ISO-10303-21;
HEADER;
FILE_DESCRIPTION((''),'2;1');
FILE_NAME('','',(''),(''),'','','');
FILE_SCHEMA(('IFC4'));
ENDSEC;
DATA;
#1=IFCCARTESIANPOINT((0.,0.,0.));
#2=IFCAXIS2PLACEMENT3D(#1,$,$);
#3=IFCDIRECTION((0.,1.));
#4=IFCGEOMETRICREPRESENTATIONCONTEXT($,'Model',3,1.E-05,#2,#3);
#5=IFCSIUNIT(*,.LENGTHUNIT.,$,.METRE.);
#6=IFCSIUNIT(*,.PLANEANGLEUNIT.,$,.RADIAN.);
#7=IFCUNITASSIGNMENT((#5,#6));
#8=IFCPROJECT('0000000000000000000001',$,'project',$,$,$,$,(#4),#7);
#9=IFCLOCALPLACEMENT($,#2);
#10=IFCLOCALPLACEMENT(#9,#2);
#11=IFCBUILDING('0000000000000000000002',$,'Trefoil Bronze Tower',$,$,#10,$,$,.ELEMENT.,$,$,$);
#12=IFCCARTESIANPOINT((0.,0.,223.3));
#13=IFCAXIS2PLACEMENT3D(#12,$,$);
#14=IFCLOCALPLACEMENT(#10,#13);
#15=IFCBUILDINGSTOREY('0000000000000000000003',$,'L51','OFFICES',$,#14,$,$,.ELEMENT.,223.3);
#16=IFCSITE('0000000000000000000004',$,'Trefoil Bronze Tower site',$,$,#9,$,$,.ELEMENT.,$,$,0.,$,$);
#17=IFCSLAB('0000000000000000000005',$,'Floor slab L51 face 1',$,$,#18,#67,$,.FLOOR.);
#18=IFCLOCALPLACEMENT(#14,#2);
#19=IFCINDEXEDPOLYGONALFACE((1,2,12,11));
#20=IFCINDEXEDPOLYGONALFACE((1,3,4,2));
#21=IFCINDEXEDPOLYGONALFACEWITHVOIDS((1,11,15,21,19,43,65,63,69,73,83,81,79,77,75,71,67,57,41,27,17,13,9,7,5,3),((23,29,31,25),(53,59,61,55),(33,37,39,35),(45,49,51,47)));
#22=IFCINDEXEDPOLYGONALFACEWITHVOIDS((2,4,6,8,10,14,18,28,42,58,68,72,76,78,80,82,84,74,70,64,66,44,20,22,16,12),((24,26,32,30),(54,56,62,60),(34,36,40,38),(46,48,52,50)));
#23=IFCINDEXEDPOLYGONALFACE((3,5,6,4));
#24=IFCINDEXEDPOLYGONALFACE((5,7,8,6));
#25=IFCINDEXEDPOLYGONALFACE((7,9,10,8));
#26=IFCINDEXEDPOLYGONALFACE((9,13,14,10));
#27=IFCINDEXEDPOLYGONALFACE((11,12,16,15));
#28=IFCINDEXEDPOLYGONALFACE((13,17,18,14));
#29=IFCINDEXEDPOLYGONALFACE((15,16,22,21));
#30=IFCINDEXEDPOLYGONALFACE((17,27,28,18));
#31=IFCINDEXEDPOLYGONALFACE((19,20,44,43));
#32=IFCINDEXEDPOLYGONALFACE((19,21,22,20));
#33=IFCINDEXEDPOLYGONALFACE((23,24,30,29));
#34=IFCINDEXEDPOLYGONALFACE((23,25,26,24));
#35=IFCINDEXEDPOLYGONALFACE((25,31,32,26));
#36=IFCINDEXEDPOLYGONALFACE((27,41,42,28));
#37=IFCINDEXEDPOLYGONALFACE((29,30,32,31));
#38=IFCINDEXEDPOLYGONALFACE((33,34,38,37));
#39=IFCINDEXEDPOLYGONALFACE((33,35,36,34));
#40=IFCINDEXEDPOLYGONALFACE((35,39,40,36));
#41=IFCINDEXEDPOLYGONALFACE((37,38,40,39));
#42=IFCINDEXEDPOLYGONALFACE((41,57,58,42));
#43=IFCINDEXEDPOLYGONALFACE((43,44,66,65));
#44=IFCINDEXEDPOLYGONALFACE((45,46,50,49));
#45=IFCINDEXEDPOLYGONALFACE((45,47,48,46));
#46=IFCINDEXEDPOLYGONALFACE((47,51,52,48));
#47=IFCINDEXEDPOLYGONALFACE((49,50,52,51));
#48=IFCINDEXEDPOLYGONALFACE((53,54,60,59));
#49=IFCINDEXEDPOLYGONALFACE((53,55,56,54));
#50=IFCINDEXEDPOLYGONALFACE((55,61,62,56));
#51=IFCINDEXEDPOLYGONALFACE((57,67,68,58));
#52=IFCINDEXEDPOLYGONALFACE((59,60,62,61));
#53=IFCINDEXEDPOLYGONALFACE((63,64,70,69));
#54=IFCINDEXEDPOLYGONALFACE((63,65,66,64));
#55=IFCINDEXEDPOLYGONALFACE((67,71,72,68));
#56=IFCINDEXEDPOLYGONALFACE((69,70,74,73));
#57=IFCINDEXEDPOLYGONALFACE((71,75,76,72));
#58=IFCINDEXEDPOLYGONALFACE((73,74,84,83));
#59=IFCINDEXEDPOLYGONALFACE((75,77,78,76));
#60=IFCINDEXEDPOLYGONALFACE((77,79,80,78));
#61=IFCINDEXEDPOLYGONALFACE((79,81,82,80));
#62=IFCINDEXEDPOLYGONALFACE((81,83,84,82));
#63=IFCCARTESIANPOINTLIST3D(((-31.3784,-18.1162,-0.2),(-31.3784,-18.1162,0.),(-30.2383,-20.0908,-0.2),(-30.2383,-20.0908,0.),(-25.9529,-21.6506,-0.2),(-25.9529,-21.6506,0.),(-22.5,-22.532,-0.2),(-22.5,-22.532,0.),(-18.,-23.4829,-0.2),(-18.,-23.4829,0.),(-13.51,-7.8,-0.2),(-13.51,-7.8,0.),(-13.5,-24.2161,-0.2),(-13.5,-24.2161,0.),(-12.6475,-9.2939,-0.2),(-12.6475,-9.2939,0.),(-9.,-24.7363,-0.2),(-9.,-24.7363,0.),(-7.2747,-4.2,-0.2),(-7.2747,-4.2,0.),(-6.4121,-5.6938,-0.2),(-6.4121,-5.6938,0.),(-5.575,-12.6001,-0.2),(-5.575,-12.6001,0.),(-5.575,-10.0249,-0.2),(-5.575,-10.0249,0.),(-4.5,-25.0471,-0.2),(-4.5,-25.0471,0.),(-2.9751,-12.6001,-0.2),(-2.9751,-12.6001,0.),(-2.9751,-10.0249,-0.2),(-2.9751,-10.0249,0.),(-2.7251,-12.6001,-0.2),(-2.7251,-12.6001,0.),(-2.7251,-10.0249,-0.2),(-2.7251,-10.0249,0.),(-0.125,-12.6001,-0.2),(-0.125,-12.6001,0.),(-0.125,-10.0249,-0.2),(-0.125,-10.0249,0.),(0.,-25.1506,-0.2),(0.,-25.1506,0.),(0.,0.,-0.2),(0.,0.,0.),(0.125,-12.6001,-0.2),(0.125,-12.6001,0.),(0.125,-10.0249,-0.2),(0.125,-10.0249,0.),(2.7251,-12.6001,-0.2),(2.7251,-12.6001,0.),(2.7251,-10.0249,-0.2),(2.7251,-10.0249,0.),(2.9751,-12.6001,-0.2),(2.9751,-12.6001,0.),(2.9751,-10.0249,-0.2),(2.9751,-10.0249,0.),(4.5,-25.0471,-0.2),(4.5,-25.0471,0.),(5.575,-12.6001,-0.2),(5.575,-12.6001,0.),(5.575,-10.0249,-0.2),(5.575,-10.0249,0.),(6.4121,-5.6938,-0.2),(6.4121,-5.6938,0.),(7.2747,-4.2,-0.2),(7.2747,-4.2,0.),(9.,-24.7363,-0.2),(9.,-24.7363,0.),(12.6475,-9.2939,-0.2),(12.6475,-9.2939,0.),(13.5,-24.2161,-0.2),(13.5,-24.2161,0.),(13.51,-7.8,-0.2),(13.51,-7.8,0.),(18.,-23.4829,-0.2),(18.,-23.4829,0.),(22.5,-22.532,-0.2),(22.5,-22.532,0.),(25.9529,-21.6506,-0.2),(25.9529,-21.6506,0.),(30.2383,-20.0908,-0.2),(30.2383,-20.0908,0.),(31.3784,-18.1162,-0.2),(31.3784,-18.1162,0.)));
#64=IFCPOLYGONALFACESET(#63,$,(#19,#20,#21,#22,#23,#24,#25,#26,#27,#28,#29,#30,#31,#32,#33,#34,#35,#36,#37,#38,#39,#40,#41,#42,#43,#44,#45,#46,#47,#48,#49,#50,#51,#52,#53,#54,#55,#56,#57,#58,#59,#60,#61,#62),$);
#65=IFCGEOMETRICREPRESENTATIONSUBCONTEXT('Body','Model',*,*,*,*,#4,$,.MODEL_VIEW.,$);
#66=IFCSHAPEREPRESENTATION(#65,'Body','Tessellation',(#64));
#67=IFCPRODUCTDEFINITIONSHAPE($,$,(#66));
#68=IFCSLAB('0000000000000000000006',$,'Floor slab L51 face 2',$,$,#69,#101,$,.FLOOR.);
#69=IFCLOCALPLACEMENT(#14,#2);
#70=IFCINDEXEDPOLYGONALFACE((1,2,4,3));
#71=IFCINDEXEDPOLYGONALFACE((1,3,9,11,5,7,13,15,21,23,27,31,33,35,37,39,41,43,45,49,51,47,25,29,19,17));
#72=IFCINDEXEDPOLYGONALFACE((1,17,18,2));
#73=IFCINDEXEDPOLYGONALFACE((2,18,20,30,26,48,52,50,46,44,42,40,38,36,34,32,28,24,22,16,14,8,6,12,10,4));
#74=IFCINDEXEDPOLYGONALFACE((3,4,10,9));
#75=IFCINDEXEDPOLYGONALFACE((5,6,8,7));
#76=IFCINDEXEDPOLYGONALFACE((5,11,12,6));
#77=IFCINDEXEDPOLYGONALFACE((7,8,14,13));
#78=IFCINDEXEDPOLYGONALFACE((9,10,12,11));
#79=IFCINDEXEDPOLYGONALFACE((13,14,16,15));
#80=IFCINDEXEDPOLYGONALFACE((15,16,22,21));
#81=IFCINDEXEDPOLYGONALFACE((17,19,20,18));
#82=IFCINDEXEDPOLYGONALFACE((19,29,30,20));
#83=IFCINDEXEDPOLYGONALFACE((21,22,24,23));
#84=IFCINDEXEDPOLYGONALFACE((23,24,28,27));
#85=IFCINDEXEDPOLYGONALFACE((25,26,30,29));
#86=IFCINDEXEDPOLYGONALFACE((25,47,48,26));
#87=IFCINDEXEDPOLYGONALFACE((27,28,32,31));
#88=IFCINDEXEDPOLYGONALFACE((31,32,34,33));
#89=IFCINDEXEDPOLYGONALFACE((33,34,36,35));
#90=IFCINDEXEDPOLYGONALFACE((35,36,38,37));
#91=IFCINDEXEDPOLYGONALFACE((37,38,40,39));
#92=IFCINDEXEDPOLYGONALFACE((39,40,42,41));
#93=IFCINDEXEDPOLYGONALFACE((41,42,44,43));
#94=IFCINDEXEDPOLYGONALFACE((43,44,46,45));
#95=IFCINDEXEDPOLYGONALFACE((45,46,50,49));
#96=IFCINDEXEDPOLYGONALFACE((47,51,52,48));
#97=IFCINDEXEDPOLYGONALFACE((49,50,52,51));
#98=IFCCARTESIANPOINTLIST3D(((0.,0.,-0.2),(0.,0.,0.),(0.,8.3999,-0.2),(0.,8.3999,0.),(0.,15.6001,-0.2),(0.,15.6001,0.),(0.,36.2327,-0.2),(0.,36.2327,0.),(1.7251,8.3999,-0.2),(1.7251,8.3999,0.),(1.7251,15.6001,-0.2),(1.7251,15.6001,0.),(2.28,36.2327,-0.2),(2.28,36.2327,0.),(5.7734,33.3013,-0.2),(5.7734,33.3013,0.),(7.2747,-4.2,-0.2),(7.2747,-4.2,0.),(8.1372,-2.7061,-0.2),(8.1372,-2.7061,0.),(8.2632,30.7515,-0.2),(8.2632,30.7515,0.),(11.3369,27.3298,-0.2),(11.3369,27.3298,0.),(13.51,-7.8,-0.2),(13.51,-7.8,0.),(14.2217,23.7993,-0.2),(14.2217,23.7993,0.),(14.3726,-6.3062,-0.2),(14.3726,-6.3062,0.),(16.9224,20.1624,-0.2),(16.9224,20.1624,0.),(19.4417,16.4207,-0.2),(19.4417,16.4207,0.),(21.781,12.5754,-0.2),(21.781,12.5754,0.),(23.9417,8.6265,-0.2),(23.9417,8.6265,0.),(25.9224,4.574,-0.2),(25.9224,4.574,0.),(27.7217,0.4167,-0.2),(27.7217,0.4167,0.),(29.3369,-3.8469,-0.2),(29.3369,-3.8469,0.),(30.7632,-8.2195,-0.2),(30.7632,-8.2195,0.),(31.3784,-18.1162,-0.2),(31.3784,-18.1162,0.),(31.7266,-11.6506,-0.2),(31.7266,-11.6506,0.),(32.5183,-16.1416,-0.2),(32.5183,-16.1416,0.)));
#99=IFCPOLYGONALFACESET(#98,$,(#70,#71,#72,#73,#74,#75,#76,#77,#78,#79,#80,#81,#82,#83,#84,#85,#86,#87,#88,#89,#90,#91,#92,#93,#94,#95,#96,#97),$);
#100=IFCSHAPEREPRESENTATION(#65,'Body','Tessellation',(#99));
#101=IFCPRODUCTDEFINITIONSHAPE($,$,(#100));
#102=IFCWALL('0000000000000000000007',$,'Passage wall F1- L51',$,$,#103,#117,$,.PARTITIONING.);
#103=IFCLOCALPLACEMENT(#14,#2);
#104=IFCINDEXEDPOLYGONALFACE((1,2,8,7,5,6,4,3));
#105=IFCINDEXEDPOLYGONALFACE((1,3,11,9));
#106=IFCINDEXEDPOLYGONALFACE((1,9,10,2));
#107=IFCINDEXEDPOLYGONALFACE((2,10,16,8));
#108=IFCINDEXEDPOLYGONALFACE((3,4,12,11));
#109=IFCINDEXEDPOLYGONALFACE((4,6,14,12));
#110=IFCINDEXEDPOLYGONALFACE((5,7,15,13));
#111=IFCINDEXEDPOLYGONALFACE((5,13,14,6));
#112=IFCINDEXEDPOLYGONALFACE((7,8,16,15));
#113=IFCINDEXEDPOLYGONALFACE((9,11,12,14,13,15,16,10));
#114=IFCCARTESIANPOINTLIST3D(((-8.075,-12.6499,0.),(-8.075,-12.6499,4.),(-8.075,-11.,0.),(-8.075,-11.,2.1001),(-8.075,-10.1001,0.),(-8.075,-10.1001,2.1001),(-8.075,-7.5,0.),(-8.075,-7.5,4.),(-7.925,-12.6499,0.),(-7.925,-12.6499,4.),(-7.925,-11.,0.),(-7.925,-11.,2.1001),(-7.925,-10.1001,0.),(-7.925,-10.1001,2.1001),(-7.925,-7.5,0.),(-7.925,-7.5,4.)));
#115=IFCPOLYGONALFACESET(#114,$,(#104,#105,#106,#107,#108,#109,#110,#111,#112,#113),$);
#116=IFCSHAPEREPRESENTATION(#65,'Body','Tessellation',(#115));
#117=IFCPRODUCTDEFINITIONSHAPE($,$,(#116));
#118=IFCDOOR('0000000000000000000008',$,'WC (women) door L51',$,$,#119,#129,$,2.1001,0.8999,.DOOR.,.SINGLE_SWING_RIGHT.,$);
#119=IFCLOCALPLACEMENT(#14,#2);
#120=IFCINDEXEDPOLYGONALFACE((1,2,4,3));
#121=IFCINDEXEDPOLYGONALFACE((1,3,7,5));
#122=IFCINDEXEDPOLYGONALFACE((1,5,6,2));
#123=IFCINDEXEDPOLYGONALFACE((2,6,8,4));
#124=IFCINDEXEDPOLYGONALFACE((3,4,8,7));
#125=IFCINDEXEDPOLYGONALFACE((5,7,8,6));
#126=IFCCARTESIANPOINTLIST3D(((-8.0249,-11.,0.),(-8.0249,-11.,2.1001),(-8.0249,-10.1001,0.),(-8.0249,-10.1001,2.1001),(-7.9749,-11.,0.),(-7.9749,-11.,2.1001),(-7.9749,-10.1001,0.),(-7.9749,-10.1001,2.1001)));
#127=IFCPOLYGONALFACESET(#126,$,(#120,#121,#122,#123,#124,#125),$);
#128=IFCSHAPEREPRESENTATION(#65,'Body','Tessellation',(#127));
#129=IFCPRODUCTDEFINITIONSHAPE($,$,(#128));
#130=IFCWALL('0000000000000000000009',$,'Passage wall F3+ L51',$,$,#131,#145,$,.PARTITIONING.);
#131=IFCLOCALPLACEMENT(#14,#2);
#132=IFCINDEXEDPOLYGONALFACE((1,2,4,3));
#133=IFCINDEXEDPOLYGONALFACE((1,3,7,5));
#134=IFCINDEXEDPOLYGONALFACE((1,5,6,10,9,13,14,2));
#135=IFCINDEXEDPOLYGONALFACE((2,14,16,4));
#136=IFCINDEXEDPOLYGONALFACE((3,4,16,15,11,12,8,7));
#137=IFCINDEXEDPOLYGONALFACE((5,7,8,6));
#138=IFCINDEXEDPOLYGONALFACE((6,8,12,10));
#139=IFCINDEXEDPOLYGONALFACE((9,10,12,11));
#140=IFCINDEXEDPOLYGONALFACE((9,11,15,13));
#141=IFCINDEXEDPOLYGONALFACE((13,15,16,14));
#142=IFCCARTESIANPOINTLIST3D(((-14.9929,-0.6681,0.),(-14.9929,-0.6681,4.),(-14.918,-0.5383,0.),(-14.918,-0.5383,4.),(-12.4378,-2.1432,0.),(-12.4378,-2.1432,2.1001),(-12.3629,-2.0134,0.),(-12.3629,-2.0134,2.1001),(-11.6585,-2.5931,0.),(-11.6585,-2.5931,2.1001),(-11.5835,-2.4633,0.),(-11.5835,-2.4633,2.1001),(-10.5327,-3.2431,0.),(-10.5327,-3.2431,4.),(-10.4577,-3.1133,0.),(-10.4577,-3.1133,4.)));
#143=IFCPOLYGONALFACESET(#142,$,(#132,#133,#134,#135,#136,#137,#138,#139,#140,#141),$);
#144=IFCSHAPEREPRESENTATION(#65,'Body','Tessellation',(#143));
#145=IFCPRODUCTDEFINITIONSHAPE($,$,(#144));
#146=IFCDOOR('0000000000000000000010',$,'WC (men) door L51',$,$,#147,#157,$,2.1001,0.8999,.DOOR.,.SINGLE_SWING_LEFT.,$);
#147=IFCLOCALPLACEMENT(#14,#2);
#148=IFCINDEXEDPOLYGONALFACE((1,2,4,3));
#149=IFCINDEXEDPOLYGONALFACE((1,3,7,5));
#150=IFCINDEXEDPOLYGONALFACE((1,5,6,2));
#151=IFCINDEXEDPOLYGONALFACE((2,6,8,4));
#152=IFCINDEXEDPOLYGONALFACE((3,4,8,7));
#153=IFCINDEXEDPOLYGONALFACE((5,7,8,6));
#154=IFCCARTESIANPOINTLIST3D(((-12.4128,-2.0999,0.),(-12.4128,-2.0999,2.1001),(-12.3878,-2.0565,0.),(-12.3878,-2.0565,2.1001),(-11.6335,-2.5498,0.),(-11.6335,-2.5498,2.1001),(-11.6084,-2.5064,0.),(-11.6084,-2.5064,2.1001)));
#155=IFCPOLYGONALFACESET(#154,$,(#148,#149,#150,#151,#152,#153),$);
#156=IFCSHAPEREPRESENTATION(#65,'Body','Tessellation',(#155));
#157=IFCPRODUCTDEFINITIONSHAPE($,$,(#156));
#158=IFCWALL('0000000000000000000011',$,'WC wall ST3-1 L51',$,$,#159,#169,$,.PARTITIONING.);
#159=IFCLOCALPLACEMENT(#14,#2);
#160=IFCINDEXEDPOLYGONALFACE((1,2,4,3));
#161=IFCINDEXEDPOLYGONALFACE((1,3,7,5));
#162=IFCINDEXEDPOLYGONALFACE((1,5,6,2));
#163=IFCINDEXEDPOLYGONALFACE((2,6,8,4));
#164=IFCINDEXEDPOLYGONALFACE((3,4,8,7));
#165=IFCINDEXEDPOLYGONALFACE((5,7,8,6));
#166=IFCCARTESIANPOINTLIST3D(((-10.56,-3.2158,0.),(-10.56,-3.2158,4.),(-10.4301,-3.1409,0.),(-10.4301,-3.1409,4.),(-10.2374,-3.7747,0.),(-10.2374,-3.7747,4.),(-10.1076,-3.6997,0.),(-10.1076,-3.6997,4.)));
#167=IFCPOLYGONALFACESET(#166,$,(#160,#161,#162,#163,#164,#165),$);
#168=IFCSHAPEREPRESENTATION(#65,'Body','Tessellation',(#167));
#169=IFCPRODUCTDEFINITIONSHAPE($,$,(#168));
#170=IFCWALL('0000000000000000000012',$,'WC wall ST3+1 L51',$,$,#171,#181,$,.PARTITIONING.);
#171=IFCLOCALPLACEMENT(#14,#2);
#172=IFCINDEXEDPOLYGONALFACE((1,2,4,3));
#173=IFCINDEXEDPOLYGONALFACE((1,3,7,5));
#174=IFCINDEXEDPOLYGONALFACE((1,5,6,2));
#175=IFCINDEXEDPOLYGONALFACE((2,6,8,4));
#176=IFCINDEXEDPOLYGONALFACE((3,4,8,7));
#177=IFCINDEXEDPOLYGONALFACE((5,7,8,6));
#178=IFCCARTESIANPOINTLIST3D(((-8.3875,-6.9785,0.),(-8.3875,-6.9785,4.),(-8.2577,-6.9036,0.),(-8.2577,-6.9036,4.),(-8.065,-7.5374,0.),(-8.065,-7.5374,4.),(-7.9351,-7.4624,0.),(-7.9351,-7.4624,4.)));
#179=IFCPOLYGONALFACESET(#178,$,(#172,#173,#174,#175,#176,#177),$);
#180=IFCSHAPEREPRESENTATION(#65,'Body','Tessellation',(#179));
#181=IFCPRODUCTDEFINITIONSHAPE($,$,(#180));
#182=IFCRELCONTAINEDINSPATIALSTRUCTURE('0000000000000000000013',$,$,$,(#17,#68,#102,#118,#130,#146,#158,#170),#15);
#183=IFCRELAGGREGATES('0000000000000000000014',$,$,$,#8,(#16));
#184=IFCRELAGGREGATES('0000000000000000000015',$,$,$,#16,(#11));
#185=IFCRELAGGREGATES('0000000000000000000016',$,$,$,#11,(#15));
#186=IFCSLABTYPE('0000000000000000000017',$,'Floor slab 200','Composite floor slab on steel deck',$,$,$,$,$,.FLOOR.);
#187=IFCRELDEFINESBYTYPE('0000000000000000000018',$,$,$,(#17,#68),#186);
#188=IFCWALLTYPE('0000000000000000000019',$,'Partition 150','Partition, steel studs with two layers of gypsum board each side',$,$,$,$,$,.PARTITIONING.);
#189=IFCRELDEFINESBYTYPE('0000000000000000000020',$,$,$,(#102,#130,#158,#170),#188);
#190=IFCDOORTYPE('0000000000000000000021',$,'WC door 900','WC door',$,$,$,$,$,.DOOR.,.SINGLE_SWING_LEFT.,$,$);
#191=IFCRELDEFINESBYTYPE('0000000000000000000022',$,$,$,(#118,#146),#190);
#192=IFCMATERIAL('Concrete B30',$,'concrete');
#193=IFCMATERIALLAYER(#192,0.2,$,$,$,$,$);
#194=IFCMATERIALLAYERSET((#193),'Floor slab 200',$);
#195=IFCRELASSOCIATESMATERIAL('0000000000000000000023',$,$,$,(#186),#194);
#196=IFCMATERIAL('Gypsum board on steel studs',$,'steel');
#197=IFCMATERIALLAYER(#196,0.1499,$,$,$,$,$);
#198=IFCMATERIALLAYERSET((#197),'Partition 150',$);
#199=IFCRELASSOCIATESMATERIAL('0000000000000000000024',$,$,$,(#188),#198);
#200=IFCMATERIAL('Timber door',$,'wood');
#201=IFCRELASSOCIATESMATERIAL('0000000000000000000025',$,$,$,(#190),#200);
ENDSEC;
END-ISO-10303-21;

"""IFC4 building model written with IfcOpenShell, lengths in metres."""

from ifc_helpers import new_model, si_unit, direction, frame, frame_2d, origin, place, context, subcontext, project, spatial, polyline, rectangle, outline, extrude, material, layer, layer_set, type_object, element, fill, save


model = new_model("IFC4")

# Units and contexts
model_context = context("Model", 3, precision=1e-05, world=origin(), true_north=direction((0.0, 1.0)))
body_context = subcontext(model_context, "Body", "Model", "MODEL_VIEW")
ifc_project = project(units=[si_unit("LENGTHUNIT", "METRE"), si_unit("PLANEANGLEUNIT", "RADIAN")], contexts=[model_context])

# Site, building, storey
site_placement = place(None, origin())
site = spatial("IfcSite", under=ifc_project, at=site_placement, Name="Trefoil Bronze Tower site", CompositionType="ELEMENT", RefElevation=0.0)
building_placement = place(site_placement, origin())
building = spatial("IfcBuilding", under=site, at=building_placement, Name="Trefoil Bronze Tower", CompositionType="ELEMENT")
storey_placement = place(building_placement, frame((0.0, 0.0, 223.3)))
storey = spatial("IfcBuildingStorey", under=building, at=storey_placement, Name="L51", Description="OFFICES", CompositionType="ELEMENT", Elevation=223.3)

# Slabs
ifc_material_1 = material(Name="Concrete B30", Category="concrete")
ifc_layer_1 = layer(ifc_material_1, 0.2)
ifc_layer_set_1 = layer_set([ifc_layer_1], Name="Floor slab 200")
slab_type = type_object("IfcSlabType", Name="Floor slab 200", Description="Composite floor slab on steel deck", PredefinedType="FLOOR", material=ifc_layer_set_1)
slab_1_placement = place(storey_placement, frame((0.0, 0.0, -0.2)))
element("IfcSlab", 1, at=slab_1_placement, inside=storey, type_object=slab_type, Name="Floor slab L51 face 1", PredefinedType="FLOOR", context=body_context, shape_type="SweptSolid", body=[
    extrude(outline(polyline([(18.0, -23.4829), (13.5, -24.2161), (9.0, -24.7363), (4.5, -25.0471), (0.0, -25.1506), (-4.5, -25.0471), (-9.0, -24.7363), (-13.5, -24.2161), (-18.0, -23.4829), (-22.5, -22.532), (-25.9529, -21.6506), (-30.2383, -20.0908), (-31.3784, -18.1162), (-13.51, -7.8), (-12.6475, -9.2939), (-6.4121, -5.6938), (-7.2747, -4.2), (0.0, 0.0), (7.2747, -4.2), (6.4121, -5.6938), (12.6475, -9.2939), (13.51, -7.8), (31.3784, -18.1162), (30.2383, -20.0908), (25.9529, -21.6506), (22.5, -22.532), (18.0, -23.4829)]), holes=[polyline([(-5.575, -10.0249), (-2.9751, -10.0249), (-2.9751, -12.6001), (-5.575, -12.6001), (-5.575, -10.0249)]), polyline([(-2.7251, -10.0249), (-0.125, -10.0249), (-0.125, -12.6001), (-2.7251, -12.6001), (-2.7251, -10.0249)]), polyline([(0.125, -10.0249), (2.7251, -10.0249), (2.7251, -12.6001), (0.125, -12.6001), (0.125, -10.0249)]), polyline([(2.9751, -10.0249), (5.575, -10.0249), (5.575, -12.6001), (2.9751, -12.6001), (2.9751, -10.0249)])]), origin(), (0.0, 0.0, 1.0), 0.2),
])
slab_2_placement = place(storey_placement, frame((0.0, 0.0, -0.2)))
element("IfcSlab", 2, at=slab_2_placement, inside=storey, type_object=slab_type, Name="Floor slab L51 face 2", PredefinedType="FLOOR", context=body_context, shape_type="SweptSolid", body=[
    extrude(outline(polyline([(11.3369, 27.3298), (14.2217, 23.7993), (16.9224, 20.1624), (19.4417, 16.4207), (21.781, 12.5754), (23.9417, 8.6265), (25.9224, 4.574), (27.7217, 0.4167), (29.3369, -3.8469), (30.7632, -8.2195), (31.7266, -11.6506), (32.5183, -16.1416), (31.3784, -18.1162), (13.51, -7.8), (14.3726, -6.3062), (8.1372, -2.7061), (7.2747, -4.2), (0.0, 0.0), (0.0, 8.3999), (1.7251, 8.3999), (1.7251, 15.6001), (0.0, 15.6001), (0.0, 36.2327), (2.28, 36.2327), (5.7734, 33.3013), (8.2632, 30.7515), (11.3369, 27.3298)])), origin(), (0.0, 0.0, 1.0), 0.2),
])

# Walls, openings, doors
ifc_material_2 = material(Name="Gypsum board on steel studs", Category="steel")
ifc_layer_2 = layer(ifc_material_2, 0.1499)
ifc_layer_set_2 = layer_set([ifc_layer_2], Name="Partition 150")
wall_type_1 = type_object("IfcWallType", Name="Partition 150", Description="Partition, steel studs with two layers of gypsum board each side", PredefinedType="PARTITIONING", material=ifc_layer_set_2)
wall_1_placement = place(storey_placement, frame((-8.0, -7.5, 0.0), z_axis=(0.0, 0.0, 1.0), x_axis=(0.0, -1.0, 0.0)))
wall_1 = element("IfcWall", 3, at=wall_1_placement, inside=storey, type_object=wall_type_1, Name="Passage wall F1- L51", PredefinedType="PARTITIONING", context=body_context, shape_type="SweptSolid", body=[
    extrude(rectangle(XDim=5.1499, YDim=0.1499, at=frame_2d((2.575, 0.0))), origin(), (0.0, 0.0, 1.0), 4.0),
])
opening_1_placement = place(wall_1_placement, frame((2.6001, 0.0, 0.0)))
opening_1 = element("IfcOpeningElement", 4, at=opening_1_placement, cuts=wall_1, PredefinedType="OPENING", context=body_context, shape_type="SweptSolid", body=[
    extrude(rectangle(XDim=0.8999, YDim=2.1001, at=frame_2d((0.45, 1.05))), frame((0.0, 0.085, 0.0), z_axis=(0.0, -1.0, 0.0), x_axis=(1.0, 0.0, 0.0)), (0.0, 0.0, 1.0), 0.1699),
])
ifc_material_3 = material(Name="Timber door", Category="wood")
door_type_1 = type_object("IfcDoorType", Name="WC door 900", Description="WC door", OperationType="SINGLE_SWING_LEFT", PredefinedType="DOOR", material=ifc_material_3)
door_1_placement = place(opening_1_placement, frame((0.8999, 0.0, 0.0), z_axis=(0.0, 0.0, 1.0), x_axis=(-1.0, 0.0, 0.0)))
door_1 = element("IfcDoor", 5, at=door_1_placement, inside=storey, type_object=door_type_1, Name="WC (women) door L51", OperationType="SINGLE_SWING_RIGHT", OverallHeight=2.1001, OverallWidth=0.8999, PredefinedType="DOOR", context=body_context, shape_type="SweptSolid", body=[
    extrude(rectangle(XDim=0.8999, YDim=2.1001, at=frame_2d((0.45, 1.05))), frame((0.0, 0.0249, 0.0), z_axis=(0.0, -1.0, 0.0), x_axis=(1.0, 0.0, 0.0)), (0.0, 0.0, 1.0), 0.05),
])
fill(opening_1, door_1)
wall_2_placement = place(storey_placement, frame((-10.4951, -3.1782, 0.0), z_axis=(0.0, 0.0, 1.0), x_axis=(-0.866038, 0.499978, 0.0)))
wall_2 = element("IfcWall", 6, at=wall_2_placement, inside=storey, type_object=wall_type_1, Name="Passage wall F3+ L51", PredefinedType="PARTITIONING", context=body_context, shape_type="SweptSolid", body=[
    extrude(rectangle(XDim=5.1501, YDim=0.1499, at=frame_2d((2.5752, 0.0))), origin(), (0.0, 0.0, 1.0), 4.0),
])
opening_2_placement = place(wall_2_placement, frame((1.3, 0.0, 0.0)))
opening_2 = element("IfcOpeningElement", 7, at=opening_2_placement, cuts=wall_2, PredefinedType="OPENING", context=body_context, shape_type="SweptSolid", body=[
    extrude(rectangle(XDim=0.8999, YDim=2.1001, at=frame_2d((0.45, 1.05))), frame((0.0, 0.085, 0.0), z_axis=(0.0, -1.0, 0.0), x_axis=(1.0, 0.0, 0.0)), (0.0, 0.0, 1.0), 0.1699),
])
door_2_placement = place(opening_2_placement, origin())
door_2 = element("IfcDoor", 8, at=door_2_placement, inside=storey, type_object=door_type_1, Name="WC (men) door L51", OperationType="SINGLE_SWING_LEFT", OverallHeight=2.1001, OverallWidth=0.8999, PredefinedType="DOOR", context=body_context, shape_type="SweptSolid", body=[
    extrude(rectangle(XDim=0.8999, YDim=2.1001, at=frame_2d((0.45, 1.05))), frame((0.0, 0.0249, 0.0), z_axis=(0.0, -1.0, 0.0), x_axis=(1.0, 0.0, 0.0)), (0.0, 0.0, 1.0), 0.05),
])
fill(opening_2, door_2)

# Walls
for number, where, z_axis, x_axis, name in (
    (9, (-10.4951, -3.1782, 0.0), (0.0, 0.0, 1.0), (0.499843, -0.866116, 0.0), "WC wall ST3-1 L51"),
    (10, (-8.0, -7.5, 0.0), (0.0, 0.0, 1.0), (-0.499843, 0.866116, 0.0), "WC wall ST3+1 L51"),
):
    element("IfcWall", number, at=place(storey_placement, frame(where, z_axis=z_axis, x_axis=x_axis)), inside=storey, type_object=wall_type_1, Name=name, PredefinedType="PARTITIONING", context=body_context, shape_type="SweptSolid", body=[
        extrude(rectangle(XDim=0.6453, YDim=0.1499, at=frame_2d((0.3228, 0.0))), origin(), (0.0, 0.0, 1.0), 4.0),
    ])

save(model, "model.ifc")
